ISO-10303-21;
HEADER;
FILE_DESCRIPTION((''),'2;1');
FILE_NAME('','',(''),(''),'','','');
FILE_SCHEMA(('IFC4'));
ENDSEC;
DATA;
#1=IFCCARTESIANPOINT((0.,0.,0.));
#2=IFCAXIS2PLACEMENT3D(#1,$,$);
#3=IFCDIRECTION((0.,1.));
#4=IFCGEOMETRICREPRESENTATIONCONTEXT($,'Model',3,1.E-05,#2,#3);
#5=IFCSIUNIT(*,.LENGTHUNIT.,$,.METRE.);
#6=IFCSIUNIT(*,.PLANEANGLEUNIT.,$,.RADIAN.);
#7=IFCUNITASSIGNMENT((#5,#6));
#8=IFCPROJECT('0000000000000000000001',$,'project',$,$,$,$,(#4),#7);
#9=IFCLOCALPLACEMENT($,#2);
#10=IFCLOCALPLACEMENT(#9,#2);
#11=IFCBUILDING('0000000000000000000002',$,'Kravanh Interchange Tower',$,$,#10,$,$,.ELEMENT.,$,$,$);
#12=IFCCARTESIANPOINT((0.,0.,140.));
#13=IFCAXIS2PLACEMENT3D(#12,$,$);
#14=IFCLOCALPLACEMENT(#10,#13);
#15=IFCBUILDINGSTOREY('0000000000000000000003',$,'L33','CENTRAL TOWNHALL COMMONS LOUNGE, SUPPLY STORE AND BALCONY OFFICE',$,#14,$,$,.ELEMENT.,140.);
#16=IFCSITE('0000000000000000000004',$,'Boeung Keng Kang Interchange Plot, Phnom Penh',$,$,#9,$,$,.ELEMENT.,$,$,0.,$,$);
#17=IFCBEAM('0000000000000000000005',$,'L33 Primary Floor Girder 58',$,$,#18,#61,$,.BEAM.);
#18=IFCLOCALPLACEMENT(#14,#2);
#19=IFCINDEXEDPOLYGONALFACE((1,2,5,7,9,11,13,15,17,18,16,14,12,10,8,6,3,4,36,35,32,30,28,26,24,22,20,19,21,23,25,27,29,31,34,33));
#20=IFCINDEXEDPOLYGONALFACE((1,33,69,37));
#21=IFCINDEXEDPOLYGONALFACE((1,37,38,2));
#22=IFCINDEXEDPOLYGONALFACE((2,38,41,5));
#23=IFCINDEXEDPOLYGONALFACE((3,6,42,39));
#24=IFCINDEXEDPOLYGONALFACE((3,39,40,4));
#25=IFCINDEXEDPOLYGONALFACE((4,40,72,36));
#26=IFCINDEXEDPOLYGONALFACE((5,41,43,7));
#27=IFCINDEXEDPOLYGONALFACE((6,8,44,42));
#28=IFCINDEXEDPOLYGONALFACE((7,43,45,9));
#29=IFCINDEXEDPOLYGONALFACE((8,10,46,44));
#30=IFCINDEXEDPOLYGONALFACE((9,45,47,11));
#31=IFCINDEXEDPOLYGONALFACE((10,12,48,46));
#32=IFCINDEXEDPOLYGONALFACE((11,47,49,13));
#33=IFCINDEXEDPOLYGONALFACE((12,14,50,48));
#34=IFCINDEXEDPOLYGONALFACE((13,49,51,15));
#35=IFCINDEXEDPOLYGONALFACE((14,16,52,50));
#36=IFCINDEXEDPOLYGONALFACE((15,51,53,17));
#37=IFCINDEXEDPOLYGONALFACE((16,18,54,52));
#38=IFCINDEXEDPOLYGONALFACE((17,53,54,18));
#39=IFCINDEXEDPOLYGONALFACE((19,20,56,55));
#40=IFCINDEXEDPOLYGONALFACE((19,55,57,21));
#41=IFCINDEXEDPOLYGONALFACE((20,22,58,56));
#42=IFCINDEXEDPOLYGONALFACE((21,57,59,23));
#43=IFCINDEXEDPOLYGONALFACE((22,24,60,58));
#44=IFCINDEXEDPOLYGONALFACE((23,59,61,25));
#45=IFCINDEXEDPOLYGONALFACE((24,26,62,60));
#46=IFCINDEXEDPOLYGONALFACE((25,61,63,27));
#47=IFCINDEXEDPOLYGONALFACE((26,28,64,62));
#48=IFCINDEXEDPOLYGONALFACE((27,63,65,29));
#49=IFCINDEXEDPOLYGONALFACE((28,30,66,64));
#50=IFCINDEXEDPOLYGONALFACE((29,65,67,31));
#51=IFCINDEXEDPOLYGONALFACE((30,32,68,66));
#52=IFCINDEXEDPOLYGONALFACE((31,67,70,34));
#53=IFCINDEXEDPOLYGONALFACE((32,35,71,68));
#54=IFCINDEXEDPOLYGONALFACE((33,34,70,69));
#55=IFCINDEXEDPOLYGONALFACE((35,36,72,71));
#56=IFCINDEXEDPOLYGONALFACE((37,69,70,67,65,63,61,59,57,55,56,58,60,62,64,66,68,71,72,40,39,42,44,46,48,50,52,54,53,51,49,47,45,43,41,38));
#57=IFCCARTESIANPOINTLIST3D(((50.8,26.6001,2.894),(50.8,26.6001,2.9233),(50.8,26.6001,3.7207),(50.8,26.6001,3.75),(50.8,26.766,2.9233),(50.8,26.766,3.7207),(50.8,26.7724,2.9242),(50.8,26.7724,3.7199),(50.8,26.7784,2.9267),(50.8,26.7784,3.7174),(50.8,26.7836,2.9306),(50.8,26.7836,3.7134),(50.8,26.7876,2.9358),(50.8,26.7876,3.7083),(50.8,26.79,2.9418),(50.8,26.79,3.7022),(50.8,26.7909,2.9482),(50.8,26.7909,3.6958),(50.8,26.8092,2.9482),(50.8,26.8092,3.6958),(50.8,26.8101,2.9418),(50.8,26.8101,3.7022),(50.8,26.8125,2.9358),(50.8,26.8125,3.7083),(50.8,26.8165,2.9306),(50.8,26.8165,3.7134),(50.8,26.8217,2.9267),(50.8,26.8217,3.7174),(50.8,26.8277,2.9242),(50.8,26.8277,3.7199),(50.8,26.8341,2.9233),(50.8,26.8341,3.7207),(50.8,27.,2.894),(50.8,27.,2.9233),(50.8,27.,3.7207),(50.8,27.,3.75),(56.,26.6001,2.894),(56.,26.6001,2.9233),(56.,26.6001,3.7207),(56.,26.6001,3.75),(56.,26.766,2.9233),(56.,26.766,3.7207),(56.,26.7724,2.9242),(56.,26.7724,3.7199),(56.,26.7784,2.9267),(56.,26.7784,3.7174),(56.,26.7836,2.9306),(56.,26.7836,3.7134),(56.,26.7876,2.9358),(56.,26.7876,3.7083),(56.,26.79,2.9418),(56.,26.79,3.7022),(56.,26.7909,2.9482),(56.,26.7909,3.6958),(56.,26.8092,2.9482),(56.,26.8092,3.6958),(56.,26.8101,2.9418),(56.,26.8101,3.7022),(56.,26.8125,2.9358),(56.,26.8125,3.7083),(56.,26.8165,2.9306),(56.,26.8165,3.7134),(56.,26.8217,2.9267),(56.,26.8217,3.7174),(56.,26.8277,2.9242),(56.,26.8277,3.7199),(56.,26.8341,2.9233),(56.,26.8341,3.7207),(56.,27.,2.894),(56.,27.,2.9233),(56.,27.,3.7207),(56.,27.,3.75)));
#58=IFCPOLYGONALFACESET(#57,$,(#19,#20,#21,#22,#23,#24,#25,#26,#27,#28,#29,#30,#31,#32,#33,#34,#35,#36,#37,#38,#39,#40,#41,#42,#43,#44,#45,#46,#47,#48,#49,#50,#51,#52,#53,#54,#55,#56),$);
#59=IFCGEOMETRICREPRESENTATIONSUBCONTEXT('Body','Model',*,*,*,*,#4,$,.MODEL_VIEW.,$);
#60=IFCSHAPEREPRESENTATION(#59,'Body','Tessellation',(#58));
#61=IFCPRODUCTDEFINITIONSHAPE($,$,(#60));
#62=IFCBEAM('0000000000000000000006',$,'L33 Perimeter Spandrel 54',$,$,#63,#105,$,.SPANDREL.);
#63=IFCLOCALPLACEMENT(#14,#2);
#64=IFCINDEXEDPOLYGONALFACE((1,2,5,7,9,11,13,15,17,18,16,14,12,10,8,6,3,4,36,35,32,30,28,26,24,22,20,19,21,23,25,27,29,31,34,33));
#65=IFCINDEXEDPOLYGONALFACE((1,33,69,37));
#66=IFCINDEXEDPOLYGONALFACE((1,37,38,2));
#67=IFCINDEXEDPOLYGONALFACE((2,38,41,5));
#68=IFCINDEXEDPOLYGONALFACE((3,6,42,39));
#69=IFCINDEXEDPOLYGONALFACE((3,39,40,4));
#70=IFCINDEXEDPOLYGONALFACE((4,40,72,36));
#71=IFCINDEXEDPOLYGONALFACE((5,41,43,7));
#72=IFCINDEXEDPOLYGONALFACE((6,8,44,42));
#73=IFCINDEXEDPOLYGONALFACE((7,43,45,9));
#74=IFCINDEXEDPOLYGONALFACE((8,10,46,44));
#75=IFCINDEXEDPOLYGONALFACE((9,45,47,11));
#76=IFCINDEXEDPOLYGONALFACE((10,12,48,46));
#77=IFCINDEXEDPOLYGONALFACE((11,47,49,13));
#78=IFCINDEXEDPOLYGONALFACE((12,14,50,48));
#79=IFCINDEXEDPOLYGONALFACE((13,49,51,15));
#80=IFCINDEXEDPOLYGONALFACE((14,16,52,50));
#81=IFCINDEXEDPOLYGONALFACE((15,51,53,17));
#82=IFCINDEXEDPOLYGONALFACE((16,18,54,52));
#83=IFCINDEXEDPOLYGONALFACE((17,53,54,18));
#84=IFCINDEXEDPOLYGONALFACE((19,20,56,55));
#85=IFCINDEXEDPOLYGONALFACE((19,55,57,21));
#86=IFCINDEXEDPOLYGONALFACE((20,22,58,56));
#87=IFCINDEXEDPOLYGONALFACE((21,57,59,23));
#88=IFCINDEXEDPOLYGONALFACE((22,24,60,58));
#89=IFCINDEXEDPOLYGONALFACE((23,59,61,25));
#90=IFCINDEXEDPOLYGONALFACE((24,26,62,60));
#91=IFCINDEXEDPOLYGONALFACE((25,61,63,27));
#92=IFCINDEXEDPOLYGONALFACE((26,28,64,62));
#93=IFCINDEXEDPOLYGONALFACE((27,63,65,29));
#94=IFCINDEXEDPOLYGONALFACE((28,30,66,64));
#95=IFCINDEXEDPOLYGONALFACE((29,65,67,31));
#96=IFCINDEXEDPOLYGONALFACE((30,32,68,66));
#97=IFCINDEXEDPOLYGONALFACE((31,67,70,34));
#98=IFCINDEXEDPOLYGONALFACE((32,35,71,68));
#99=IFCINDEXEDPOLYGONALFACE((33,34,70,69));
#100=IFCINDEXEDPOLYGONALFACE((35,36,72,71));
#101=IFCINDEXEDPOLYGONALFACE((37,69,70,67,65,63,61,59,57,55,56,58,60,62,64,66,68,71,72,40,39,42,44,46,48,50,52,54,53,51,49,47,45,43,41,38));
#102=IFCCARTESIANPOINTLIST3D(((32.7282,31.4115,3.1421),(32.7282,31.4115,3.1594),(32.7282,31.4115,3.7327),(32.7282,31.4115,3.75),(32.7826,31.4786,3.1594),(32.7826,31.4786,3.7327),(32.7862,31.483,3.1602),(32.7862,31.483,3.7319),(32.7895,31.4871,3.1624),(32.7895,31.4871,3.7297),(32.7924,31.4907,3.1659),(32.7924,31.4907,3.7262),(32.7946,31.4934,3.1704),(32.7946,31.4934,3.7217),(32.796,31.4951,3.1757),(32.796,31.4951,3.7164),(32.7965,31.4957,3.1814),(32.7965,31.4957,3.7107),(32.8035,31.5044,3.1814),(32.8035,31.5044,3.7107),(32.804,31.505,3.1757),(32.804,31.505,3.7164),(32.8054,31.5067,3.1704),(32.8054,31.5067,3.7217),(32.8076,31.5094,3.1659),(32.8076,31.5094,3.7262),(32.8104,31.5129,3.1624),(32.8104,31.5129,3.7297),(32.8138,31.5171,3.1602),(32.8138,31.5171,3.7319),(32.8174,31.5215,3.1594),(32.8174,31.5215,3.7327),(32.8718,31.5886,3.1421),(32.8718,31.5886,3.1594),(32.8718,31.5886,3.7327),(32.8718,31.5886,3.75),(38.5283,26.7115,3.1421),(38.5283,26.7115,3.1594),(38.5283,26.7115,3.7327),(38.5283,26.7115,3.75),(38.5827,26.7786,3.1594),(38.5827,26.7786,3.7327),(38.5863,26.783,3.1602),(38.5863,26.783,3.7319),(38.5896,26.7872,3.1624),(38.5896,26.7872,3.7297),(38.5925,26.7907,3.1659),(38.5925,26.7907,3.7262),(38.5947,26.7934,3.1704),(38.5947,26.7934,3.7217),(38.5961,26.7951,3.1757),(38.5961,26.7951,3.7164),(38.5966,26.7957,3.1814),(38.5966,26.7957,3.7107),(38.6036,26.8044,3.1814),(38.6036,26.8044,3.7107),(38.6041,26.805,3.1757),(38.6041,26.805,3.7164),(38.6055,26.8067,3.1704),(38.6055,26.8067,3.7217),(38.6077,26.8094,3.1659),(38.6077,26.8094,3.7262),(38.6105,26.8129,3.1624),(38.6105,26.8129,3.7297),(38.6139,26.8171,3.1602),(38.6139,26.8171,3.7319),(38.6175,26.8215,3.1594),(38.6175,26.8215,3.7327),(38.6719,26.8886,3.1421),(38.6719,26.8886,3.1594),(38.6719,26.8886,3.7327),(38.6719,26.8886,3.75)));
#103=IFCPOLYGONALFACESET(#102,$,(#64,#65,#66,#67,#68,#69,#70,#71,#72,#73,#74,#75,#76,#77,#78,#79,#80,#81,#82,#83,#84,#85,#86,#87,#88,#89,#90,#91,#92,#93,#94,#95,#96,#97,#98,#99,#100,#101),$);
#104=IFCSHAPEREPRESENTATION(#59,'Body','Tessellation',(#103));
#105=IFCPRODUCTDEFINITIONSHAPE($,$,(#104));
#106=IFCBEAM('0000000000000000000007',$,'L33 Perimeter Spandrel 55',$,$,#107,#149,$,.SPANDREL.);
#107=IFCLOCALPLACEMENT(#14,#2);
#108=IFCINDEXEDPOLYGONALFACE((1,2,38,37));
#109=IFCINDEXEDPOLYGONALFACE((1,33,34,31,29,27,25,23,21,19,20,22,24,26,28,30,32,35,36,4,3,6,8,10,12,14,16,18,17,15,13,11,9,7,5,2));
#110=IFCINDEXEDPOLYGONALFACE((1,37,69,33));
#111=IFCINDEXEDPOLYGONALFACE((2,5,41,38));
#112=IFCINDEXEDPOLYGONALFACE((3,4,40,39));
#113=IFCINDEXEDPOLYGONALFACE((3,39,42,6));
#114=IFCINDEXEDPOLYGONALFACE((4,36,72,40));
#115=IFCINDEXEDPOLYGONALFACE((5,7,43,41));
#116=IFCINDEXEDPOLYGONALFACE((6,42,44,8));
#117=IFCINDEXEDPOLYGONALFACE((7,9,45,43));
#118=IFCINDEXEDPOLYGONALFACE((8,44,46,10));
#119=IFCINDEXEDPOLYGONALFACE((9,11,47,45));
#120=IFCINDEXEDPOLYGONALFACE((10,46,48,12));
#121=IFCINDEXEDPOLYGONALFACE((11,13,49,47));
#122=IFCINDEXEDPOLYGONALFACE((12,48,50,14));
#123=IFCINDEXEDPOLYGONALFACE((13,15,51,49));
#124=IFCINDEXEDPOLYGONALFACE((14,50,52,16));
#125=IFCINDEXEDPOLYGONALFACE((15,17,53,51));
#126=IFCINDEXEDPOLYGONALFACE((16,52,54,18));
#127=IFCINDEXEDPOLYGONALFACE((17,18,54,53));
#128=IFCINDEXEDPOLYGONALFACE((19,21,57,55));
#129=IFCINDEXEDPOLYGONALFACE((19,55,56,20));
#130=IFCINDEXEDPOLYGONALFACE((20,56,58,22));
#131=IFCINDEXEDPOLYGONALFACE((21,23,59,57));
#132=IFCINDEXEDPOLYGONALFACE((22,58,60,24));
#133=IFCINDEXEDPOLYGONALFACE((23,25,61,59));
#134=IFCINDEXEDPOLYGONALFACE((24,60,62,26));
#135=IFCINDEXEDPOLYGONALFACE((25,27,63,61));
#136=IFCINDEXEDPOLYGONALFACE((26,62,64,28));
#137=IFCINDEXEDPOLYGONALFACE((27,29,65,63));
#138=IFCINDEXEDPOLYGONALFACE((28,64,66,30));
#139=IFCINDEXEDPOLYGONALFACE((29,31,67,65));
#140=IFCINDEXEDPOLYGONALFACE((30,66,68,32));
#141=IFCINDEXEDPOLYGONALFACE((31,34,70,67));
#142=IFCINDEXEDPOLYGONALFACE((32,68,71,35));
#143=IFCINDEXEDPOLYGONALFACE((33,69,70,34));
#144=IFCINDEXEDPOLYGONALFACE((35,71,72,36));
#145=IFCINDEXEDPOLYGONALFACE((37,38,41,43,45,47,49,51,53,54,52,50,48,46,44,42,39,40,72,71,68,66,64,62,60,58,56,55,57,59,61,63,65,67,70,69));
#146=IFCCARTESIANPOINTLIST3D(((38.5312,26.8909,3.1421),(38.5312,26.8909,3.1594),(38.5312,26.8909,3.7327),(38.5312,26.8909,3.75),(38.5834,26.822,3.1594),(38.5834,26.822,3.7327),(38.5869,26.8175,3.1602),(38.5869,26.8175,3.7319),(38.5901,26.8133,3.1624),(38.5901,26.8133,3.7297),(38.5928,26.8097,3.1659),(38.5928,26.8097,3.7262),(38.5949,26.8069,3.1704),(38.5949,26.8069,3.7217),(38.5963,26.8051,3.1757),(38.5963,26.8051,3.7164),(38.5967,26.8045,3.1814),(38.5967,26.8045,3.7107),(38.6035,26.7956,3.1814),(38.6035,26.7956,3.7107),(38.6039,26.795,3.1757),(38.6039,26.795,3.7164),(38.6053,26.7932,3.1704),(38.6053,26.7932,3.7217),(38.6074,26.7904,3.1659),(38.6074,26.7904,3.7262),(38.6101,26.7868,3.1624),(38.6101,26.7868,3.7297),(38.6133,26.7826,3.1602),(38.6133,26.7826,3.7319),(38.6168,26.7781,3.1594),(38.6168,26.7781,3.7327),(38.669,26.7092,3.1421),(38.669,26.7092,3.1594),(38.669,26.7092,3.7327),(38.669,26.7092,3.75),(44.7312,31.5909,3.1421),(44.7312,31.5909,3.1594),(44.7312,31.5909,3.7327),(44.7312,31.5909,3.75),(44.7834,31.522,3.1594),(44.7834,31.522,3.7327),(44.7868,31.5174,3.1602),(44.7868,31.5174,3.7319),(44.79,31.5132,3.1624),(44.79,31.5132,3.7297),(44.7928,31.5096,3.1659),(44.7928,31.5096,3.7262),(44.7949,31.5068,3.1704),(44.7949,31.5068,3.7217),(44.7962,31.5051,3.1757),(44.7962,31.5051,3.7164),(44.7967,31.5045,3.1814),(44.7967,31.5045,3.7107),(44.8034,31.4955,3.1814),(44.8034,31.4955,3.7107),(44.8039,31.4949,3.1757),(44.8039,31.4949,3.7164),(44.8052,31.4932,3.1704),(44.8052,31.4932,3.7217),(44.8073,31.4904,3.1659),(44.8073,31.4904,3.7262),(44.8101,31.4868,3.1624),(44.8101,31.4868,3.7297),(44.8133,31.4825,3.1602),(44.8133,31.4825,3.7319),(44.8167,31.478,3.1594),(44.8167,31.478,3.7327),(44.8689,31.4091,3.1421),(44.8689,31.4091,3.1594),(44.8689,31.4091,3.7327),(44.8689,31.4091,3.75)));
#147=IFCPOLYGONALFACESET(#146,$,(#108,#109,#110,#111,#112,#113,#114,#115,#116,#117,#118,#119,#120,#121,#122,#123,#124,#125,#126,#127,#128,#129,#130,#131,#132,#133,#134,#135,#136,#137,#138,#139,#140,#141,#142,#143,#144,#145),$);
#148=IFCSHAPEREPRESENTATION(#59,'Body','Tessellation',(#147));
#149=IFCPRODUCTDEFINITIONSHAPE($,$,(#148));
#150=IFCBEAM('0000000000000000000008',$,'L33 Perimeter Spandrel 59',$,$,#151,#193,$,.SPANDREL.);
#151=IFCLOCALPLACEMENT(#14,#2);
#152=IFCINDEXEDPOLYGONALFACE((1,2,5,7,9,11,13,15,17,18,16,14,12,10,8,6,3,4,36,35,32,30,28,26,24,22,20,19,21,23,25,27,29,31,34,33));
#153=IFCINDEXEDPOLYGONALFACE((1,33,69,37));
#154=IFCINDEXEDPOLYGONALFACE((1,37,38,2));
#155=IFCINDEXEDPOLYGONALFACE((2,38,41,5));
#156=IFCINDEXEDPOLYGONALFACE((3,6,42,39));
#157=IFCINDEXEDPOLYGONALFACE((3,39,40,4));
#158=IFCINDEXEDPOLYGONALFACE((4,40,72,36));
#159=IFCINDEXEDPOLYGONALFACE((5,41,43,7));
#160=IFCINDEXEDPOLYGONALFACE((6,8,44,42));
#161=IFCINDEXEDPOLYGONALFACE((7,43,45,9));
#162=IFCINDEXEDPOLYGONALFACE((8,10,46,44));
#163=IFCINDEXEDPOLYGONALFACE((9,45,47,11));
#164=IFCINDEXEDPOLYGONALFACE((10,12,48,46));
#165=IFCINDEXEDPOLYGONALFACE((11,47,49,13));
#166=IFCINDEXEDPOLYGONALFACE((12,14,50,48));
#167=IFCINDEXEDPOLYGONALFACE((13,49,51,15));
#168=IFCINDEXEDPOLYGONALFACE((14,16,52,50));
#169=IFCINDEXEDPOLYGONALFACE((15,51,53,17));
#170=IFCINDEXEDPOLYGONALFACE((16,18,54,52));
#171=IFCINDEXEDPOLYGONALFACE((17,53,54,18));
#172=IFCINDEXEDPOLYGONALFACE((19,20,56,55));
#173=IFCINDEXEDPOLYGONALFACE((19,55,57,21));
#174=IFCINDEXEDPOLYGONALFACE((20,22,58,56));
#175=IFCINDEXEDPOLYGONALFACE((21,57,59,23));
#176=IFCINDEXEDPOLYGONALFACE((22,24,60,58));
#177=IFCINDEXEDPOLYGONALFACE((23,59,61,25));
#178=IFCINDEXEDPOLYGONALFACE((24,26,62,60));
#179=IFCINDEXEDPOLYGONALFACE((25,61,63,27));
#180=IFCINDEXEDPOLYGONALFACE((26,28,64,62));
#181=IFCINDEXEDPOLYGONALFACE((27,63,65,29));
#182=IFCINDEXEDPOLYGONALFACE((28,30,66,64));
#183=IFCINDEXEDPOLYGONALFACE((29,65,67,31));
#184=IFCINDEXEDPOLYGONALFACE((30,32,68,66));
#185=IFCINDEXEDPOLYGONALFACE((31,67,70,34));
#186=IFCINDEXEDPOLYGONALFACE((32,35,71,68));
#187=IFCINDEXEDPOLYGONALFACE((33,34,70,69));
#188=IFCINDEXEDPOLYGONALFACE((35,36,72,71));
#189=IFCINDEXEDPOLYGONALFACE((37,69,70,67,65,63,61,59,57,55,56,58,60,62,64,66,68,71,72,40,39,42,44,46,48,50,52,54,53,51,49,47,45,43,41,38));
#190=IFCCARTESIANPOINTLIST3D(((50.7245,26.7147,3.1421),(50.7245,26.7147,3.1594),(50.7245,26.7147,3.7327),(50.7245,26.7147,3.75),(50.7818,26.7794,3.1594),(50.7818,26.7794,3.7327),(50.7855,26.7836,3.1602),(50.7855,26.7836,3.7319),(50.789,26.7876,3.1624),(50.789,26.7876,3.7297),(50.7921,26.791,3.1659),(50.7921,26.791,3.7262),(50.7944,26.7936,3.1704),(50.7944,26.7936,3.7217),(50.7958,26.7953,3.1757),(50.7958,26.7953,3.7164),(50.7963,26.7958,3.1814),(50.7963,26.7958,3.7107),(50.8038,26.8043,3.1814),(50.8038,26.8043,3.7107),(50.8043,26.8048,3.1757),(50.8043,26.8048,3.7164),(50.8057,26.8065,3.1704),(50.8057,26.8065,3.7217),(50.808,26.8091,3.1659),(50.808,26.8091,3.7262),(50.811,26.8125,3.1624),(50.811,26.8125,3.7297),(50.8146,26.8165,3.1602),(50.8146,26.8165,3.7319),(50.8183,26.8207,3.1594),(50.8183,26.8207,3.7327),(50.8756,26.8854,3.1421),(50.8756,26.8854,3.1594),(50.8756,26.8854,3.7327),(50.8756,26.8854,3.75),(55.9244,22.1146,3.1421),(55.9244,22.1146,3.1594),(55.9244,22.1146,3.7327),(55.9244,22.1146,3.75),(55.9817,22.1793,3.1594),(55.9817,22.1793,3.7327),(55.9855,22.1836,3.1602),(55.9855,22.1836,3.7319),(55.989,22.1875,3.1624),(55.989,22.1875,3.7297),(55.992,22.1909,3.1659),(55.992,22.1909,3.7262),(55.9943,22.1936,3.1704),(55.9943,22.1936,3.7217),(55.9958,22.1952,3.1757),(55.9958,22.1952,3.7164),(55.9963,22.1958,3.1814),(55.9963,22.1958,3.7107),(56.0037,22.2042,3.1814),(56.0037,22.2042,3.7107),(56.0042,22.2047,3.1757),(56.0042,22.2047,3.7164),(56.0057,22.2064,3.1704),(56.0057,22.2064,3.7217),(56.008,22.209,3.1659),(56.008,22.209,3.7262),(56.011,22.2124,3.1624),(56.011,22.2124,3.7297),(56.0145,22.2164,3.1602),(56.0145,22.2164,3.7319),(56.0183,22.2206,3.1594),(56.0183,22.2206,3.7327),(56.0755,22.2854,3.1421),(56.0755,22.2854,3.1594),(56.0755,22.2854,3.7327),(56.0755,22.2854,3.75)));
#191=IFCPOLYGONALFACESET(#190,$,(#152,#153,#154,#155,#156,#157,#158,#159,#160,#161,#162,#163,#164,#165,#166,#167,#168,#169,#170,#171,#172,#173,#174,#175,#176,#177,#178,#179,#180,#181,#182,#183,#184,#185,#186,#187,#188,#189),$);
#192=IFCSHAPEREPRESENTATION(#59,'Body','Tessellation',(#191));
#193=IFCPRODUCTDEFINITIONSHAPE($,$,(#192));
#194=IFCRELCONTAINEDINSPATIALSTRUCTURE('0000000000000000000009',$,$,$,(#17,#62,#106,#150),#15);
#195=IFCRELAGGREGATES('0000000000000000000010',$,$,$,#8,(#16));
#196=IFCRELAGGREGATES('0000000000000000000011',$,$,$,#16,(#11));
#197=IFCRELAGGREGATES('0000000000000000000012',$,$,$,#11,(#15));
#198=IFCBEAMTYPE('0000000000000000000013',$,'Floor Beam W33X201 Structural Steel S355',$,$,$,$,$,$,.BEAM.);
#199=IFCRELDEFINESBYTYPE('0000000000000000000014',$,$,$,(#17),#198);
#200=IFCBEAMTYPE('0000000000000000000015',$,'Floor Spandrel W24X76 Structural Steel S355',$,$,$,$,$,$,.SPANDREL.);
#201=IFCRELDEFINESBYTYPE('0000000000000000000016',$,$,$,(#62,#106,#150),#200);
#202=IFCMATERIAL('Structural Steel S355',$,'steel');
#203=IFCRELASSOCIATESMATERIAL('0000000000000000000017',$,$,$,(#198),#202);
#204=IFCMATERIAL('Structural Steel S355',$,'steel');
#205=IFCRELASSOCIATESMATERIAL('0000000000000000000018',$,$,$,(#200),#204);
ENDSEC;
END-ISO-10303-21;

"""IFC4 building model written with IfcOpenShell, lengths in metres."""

from ifc_helpers import new_model, si_unit, direction, frame, origin, origin_2d, place, context, subcontext, project, spatial, i_section, extrude, material, material_profile, profile_set, type_object, element, save


model = new_model("IFC4")

# Units and contexts
model_context = context("Model", 3, precision=1e-05, world=origin(), true_north=direction((0.0, 1.0)))
body_context = subcontext(model_context, "Body", "Model", "MODEL_VIEW")
ifc_project = project(units=[si_unit("LENGTHUNIT", "METRE"), si_unit("PLANEANGLEUNIT", "RADIAN")], contexts=[model_context])

# Site, building, storey
site_placement = place(None, origin())
site = spatial("IfcSite", under=ifc_project, at=site_placement, Name="Boeung Keng Kang Interchange Plot, Phnom Penh", CompositionType="ELEMENT", RefElevation=0.0)
building_placement = place(site_placement, origin())
building = spatial("IfcBuilding", under=site, at=building_placement, Name="Kravanh Interchange Tower", CompositionType="ELEMENT")
storey_placement = place(building_placement, frame((0.0, 0.0, 140.0)))
storey = spatial("IfcBuildingStorey", under=building, at=storey_placement, Name="L33", Description="CENTRAL TOWNHALL COMMONS LOUNGE, SUPPLY STORE AND BALCONY OFFICE", CompositionType="ELEMENT", Elevation=140.0)

# Beams
ifc_material_1 = material(Name="Structural Steel S355", Category="steel")
ifc_material_profile_1 = material_profile(ifc_material_1, i_section(OverallWidth=0.3999, OverallDepth=0.856, WebThickness=0.0183, FlangeThickness=0.0293, FilletRadius=0.0249, at=origin_2d()), Name="W33X201")
ifc_profile_set_1 = profile_set([ifc_material_profile_1], Name="Structural Steel S355")
beam_type_1 = type_object("IfcBeamType", Name="Floor Beam W33X201 Structural Steel S355", PredefinedType="BEAM", material=ifc_profile_set_1)
beam_1_placement = place(storey_placement, frame((50.8, 26.8, 3.322), z_axis=(1.0, 0.0, 0.0), x_axis=(0.0, 1.0, 0.0)))
element("IfcBeam", 1, at=beam_1_placement, inside=storey, type_object=beam_type_1, Name="L33 Primary Floor Girder 58", PredefinedType="BEAM", context=body_context, shape_type="SweptSolid", body=[
    extrude(i_section(OverallWidth=0.3999, OverallDepth=0.856, WebThickness=0.0183, FlangeThickness=0.0293, FilletRadius=0.0249, at=origin_2d()), origin(), (0.0, 0.0, 1.0), 5.2),
])
ifc_material_2 = material(Name="Structural Steel S355", Category="steel")
ifc_material_profile_2 = material_profile(ifc_material_2, i_section(OverallWidth=0.228, OverallDepth=0.6079, WebThickness=0.0112, FlangeThickness=0.0173, FilletRadius=0.022, at=origin_2d()), Name="W24X76")
ifc_profile_set_2 = profile_set([ifc_material_profile_2], Name="Structural Steel S355")
beam_type_2 = type_object("IfcBeamType", Name="Floor Spandrel W24X76 Structural Steel S355", PredefinedType="SPANDREL", material=ifc_profile_set_2)
beam_2_placement = place(storey_placement, frame((38.6001, 26.8, 3.446), z_axis=(-0.776939, 0.629576, 0.0), x_axis=(-0.629576, -0.776939, 0.0)))
element("IfcBeam", 2, at=beam_2_placement, inside=storey, type_object=beam_type_2, Name="L33 Perimeter Spandrel 54", PredefinedType="SPANDREL", context=body_context, shape_type="SweptSolid", body=[
    extrude(i_section(OverallWidth=0.228, OverallDepth=0.6079, WebThickness=0.0112, FlangeThickness=0.0173, FilletRadius=0.022, at=origin_2d()), origin(), (0.0, 0.0, 1.0), 7.4653),
])
beam_3_placement = place(storey_placement, frame((38.6001, 26.8, 3.446), z_axis=(0.796905, 0.604104, 0.0), x_axis=(-0.604104, 0.796905, 0.0)))
element("IfcBeam", 3, at=beam_3_placement, inside=storey, type_object=beam_type_2, Name="L33 Perimeter Spandrel 55", PredefinedType="SPANDREL", context=body_context, shape_type="SweptSolid", body=[
    extrude(i_section(OverallWidth=0.228, OverallDepth=0.6079, WebThickness=0.0112, FlangeThickness=0.0173, FilletRadius=0.022, at=origin_2d()), origin(), (0.0, 0.0, 1.0), 7.78),
])
beam_4_placement = place(storey_placement, frame((50.8, 26.8, 3.446), z_axis=(0.748986, -0.662585, 0.0), x_axis=(0.662585, 0.748986, 0.0)))
element("IfcBeam", 4, at=beam_4_placement, inside=storey, type_object=beam_type_2, Name="L33 Perimeter Spandrel 59", PredefinedType="SPANDREL", context=body_context, shape_type="SweptSolid", body=[
    extrude(i_section(OverallWidth=0.228, OverallDepth=0.6079, WebThickness=0.0112, FlangeThickness=0.0173, FilletRadius=0.022, at=origin_2d()), origin(), (0.0, 0.0, 1.0), 6.9426),
])

save(model, "model.ifc")
